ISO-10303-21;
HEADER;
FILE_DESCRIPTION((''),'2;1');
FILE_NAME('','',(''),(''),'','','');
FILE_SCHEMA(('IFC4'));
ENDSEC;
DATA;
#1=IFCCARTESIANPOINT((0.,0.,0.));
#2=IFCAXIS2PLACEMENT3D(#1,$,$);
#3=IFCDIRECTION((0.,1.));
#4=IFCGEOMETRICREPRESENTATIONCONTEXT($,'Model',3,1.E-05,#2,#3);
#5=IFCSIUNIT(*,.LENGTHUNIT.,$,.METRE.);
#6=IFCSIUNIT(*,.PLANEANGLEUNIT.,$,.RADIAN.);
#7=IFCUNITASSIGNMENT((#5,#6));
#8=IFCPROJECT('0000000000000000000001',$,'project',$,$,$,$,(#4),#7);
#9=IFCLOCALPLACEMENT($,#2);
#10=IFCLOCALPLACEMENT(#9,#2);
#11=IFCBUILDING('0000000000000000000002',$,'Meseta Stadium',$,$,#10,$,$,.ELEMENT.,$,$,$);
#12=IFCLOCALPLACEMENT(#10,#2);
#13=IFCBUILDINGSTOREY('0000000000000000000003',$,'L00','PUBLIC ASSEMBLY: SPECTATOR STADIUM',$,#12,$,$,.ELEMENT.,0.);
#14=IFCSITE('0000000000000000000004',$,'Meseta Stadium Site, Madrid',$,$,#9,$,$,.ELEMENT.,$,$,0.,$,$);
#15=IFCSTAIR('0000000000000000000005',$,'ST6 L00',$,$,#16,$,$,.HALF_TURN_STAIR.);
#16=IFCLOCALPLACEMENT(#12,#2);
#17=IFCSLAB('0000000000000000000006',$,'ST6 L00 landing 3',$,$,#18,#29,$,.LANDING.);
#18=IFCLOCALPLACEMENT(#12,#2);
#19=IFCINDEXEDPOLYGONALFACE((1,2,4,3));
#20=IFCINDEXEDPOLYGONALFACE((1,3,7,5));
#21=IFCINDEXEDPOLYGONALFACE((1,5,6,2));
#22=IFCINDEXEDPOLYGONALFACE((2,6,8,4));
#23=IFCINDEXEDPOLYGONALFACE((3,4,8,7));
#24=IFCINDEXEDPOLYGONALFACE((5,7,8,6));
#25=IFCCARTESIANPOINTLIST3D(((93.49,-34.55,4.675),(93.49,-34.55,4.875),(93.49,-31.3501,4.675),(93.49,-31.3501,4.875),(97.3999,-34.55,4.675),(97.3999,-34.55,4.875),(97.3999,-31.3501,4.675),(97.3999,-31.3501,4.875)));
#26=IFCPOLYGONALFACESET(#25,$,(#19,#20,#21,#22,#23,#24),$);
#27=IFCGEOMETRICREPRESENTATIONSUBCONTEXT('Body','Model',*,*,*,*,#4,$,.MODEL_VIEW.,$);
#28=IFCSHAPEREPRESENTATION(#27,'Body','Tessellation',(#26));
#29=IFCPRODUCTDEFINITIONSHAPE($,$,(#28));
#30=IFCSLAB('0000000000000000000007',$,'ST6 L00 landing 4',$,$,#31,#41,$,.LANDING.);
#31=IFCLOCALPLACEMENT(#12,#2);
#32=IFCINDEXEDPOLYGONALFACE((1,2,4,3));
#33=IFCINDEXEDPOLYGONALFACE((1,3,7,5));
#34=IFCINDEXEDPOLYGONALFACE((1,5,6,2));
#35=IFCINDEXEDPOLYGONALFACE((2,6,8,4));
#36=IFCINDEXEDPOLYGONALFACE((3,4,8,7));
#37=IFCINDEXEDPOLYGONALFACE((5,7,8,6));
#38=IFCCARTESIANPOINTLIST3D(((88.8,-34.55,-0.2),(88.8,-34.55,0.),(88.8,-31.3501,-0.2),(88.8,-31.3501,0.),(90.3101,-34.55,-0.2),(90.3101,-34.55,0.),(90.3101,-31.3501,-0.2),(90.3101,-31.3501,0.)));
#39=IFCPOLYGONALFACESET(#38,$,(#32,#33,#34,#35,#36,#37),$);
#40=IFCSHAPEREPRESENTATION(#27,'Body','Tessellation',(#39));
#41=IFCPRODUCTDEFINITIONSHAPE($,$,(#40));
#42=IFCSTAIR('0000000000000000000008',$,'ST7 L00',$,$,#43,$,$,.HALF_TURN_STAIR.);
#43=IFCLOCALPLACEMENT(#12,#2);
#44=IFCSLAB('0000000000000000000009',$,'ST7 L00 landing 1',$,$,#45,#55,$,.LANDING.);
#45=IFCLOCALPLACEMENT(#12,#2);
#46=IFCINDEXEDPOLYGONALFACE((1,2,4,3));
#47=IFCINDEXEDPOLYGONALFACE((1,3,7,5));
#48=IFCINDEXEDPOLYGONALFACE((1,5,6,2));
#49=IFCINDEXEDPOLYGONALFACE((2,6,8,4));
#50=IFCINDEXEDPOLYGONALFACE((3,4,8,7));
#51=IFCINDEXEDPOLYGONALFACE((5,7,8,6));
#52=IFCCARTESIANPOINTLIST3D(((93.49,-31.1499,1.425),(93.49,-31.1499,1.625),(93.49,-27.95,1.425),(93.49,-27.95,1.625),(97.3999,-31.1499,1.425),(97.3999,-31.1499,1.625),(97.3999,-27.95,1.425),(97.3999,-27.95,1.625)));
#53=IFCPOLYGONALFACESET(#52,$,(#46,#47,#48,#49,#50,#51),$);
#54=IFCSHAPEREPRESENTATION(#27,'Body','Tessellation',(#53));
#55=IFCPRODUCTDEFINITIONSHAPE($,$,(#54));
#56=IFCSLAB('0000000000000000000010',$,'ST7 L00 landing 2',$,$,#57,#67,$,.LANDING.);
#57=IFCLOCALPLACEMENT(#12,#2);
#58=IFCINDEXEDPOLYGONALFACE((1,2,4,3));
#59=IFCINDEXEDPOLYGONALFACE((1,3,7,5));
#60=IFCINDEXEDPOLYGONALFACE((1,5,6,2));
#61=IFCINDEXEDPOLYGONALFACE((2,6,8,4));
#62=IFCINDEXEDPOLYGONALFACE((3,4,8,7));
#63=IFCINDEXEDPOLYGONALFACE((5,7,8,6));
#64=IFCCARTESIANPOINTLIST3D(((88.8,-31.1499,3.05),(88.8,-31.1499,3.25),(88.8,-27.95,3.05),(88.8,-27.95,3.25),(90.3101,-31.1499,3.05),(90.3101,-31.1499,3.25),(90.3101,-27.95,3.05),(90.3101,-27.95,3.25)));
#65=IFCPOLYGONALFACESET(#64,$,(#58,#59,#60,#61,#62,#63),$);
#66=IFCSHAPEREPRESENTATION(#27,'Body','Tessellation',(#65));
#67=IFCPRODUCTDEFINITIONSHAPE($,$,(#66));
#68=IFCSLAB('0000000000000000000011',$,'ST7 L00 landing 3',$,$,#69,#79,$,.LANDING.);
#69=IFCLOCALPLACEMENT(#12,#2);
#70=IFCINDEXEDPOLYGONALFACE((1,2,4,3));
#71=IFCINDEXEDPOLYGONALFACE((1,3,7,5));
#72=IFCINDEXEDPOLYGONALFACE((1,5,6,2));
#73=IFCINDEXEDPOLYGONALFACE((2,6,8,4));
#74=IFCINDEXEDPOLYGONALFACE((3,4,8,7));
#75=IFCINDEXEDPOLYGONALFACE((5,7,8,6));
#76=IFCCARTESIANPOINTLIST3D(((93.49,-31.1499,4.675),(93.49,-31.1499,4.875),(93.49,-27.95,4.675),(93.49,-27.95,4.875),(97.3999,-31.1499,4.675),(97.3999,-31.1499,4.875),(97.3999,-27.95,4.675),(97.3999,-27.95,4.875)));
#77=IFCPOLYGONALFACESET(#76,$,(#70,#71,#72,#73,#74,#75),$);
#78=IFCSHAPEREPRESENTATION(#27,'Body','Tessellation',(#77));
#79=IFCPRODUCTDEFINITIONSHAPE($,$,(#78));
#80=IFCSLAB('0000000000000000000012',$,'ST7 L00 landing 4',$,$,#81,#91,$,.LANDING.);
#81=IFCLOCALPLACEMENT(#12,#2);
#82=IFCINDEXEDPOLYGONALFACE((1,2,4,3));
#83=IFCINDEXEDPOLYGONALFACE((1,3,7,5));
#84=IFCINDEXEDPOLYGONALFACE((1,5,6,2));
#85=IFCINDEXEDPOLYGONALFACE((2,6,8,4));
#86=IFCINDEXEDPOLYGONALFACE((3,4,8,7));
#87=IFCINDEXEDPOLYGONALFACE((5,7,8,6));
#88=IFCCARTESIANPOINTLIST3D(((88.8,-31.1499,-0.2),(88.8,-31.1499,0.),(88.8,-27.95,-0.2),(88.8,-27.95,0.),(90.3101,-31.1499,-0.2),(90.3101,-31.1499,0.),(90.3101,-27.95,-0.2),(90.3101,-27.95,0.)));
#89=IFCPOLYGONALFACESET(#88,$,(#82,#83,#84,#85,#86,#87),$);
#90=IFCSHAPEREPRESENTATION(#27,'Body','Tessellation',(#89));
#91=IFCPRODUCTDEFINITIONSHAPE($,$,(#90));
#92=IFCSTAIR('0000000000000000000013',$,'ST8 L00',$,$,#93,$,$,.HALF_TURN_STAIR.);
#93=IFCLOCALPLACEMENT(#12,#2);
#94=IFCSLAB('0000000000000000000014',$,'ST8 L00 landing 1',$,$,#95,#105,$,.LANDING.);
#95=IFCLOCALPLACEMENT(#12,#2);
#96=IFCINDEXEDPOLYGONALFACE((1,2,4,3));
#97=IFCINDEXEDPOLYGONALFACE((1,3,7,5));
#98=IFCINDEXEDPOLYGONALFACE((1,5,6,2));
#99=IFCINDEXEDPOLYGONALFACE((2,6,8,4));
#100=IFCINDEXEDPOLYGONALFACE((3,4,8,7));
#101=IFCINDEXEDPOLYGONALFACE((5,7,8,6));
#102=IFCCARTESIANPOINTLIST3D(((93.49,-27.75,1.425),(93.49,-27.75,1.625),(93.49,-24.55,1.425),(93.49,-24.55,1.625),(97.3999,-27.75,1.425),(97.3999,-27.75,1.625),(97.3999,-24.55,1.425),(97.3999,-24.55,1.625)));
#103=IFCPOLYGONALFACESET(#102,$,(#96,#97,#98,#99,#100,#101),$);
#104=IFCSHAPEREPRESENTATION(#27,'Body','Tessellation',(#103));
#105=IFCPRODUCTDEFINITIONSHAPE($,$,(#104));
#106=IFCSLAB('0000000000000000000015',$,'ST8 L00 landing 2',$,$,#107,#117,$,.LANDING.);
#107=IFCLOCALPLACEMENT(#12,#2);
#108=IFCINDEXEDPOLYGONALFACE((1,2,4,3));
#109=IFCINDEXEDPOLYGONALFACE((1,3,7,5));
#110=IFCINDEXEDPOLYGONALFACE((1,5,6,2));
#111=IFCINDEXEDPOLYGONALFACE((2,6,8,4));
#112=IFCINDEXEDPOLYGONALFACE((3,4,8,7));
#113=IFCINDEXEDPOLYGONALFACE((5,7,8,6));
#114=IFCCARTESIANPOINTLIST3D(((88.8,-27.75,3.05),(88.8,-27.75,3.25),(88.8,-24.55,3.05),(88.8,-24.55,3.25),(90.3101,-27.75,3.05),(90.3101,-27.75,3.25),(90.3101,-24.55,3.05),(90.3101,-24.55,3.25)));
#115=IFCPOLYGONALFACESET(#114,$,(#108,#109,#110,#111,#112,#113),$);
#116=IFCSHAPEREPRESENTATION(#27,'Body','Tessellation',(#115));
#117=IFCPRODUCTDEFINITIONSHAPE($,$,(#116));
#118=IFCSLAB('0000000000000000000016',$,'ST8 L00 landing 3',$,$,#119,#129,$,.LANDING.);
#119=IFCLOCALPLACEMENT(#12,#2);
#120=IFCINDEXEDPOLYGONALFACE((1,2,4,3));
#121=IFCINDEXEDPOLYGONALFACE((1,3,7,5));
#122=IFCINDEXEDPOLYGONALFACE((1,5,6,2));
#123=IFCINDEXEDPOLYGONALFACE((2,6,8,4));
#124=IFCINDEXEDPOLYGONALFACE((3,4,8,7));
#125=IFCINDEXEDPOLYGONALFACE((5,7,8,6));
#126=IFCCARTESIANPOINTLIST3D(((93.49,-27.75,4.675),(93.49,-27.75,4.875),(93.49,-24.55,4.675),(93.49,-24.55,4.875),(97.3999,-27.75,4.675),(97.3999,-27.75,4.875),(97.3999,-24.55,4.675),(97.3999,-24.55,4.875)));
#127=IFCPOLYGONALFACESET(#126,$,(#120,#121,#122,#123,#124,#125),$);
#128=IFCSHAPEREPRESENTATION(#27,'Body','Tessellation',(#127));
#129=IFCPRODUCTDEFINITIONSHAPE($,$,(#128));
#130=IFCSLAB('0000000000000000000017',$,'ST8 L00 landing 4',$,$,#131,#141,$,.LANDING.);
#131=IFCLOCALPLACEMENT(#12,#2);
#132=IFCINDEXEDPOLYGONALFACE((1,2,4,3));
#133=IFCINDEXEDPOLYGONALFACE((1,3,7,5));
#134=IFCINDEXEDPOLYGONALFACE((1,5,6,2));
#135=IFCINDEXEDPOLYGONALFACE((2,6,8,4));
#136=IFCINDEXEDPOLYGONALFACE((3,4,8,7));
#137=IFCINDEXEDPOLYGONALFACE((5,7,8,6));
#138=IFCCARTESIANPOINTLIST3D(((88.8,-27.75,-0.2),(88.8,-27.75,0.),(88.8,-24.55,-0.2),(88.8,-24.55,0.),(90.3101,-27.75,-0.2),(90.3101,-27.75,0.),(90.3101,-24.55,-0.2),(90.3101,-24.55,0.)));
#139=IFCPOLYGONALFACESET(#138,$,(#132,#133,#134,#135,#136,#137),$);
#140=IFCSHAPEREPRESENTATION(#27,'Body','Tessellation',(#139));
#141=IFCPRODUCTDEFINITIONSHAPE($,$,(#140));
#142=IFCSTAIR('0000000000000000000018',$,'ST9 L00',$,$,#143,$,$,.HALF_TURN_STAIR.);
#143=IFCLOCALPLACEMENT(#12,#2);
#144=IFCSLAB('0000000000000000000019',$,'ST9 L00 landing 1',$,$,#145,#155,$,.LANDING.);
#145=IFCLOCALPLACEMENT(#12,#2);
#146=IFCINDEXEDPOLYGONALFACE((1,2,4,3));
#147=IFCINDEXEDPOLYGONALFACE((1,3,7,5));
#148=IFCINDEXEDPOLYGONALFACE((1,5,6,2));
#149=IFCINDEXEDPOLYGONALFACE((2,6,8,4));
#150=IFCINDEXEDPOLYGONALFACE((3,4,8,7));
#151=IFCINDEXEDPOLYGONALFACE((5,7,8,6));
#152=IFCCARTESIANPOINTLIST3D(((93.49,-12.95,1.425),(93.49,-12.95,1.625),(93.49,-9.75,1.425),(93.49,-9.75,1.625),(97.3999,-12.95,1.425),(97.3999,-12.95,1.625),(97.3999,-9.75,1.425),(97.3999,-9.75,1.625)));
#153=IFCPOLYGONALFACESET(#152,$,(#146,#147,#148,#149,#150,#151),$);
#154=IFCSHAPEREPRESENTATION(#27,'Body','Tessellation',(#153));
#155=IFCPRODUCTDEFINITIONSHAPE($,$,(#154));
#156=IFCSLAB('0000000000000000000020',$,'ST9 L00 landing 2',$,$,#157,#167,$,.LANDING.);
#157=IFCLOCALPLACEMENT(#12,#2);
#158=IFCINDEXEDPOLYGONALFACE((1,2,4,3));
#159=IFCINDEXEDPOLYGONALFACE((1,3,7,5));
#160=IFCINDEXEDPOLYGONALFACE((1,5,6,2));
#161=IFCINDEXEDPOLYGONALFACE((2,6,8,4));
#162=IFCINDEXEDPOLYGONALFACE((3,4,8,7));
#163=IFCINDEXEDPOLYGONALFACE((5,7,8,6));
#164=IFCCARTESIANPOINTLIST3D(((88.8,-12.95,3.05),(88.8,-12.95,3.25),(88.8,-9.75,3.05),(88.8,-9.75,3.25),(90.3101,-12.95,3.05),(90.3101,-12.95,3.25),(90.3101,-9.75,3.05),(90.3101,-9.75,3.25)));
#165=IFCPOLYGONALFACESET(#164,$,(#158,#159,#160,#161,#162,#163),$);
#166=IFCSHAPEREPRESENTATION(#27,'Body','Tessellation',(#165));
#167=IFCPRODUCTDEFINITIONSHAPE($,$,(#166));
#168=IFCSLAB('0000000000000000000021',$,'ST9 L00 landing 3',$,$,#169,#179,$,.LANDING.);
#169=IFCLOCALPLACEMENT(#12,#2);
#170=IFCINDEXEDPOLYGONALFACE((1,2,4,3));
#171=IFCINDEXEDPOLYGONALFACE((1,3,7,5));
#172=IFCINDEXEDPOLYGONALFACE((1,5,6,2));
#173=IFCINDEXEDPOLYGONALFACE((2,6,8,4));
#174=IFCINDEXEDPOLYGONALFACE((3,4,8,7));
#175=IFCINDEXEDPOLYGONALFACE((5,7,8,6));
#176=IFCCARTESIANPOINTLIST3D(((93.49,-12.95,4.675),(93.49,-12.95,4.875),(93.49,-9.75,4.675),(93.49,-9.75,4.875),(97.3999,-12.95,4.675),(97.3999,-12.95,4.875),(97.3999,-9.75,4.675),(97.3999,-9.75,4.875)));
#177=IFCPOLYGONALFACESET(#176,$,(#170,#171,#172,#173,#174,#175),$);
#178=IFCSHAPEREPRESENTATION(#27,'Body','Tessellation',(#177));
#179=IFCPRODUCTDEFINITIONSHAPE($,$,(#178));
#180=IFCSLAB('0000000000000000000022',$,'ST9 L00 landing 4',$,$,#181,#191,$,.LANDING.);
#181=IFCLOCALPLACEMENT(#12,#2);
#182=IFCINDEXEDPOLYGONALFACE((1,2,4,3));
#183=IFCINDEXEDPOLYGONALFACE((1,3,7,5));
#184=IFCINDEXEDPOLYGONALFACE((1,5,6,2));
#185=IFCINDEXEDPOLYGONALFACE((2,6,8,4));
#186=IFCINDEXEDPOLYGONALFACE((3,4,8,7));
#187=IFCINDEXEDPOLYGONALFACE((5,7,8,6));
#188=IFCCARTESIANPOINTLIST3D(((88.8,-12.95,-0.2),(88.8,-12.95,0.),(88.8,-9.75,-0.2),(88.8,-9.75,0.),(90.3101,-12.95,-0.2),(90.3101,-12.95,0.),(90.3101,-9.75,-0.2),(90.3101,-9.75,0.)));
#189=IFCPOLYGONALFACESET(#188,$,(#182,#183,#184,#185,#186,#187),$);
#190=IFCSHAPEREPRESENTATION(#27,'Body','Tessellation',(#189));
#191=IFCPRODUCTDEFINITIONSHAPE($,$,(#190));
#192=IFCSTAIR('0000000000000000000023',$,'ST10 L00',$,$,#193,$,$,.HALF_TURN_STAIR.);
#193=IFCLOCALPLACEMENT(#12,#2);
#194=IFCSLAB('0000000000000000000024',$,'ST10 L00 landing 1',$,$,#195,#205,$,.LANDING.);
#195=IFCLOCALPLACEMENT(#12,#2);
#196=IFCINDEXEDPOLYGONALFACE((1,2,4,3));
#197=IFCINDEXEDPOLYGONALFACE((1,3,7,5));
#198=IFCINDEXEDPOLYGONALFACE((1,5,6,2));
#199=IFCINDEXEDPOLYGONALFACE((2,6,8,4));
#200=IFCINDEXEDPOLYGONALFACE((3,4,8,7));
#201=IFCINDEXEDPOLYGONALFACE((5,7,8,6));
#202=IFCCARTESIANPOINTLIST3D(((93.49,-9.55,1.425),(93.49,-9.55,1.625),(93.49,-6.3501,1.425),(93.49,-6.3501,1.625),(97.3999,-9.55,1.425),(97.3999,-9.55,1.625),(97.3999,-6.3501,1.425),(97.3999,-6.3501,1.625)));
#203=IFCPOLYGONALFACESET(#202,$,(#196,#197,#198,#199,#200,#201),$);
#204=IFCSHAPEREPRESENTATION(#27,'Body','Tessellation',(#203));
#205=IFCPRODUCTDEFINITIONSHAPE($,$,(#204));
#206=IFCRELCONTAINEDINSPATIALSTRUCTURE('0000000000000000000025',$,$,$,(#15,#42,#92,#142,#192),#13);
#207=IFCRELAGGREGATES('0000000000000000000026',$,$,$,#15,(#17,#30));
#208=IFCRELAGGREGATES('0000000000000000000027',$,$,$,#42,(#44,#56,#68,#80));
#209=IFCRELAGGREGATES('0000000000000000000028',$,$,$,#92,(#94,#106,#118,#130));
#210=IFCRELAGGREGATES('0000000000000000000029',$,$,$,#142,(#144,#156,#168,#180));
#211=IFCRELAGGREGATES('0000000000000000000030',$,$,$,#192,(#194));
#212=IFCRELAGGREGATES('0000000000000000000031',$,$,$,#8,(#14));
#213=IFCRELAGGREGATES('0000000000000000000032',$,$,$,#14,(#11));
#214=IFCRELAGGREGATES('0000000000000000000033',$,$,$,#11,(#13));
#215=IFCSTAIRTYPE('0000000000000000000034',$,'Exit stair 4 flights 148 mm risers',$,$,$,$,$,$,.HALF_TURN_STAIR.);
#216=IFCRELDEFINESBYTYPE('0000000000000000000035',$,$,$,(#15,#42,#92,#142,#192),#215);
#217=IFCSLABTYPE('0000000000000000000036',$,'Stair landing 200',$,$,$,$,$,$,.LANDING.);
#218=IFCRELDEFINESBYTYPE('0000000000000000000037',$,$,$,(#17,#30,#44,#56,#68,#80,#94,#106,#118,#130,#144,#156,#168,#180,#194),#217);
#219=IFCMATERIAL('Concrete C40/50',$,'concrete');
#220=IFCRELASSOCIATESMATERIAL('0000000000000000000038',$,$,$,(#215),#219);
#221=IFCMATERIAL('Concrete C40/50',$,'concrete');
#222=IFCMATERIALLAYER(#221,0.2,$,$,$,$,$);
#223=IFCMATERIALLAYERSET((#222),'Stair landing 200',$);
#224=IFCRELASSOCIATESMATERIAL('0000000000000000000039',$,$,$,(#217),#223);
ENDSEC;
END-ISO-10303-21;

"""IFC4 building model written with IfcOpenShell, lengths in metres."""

from ifc_helpers import new_model, si_unit, direction, frame, origin, place, context, subcontext, project, spatial, polyline, outline, extrude, material, layer, layer_set, type_object, element, aggregate, save


model = new_model("IFC4")

# Units and contexts
model_context = context("Model", 3, precision=1e-05, world=origin(), true_north=direction((0.0, 1.0)))
body_context = subcontext(model_context, "Body", "Model", "MODEL_VIEW")
ifc_project = project(units=[si_unit("LENGTHUNIT", "METRE"), si_unit("PLANEANGLEUNIT", "RADIAN")], contexts=[model_context])

# Site, building, storey
site_placement = place(None, origin())
site = spatial("IfcSite", under=ifc_project, at=site_placement, Name="Meseta Stadium Site, Madrid", CompositionType="ELEMENT", RefElevation=0.0)
building_placement = place(site_placement, origin())
building = spatial("IfcBuilding", under=site, at=building_placement, Name="Meseta Stadium", CompositionType="ELEMENT")
storey_placement = place(building_placement, origin())
storey = spatial("IfcBuildingStorey", under=building, at=storey_placement, Name="L00", Description="PUBLIC ASSEMBLY: SPECTATOR STADIUM", CompositionType="ELEMENT", Elevation=0.0)

# Shared definitions
ifc_material_1 = material(Name="Concrete C40/50", Category="concrete")
stair_type = type_object("IfcStairType", Name="Exit stair 4 flights 148 mm risers", PredefinedType="HALF_TURN_STAIR", material=ifc_material_1)
ifc_material_2 = material(Name="Concrete C40/50", Category="concrete")
ifc_layer = layer(ifc_material_2, 0.2)
ifc_layer_set = layer_set([ifc_layer], Name="Stair landing 200")
slab_type = type_object("IfcSlabType", Name="Stair landing 200", PredefinedType="LANDING", material=ifc_layer_set)

# Stairs, slabs
stair_1_placement = place(storey_placement, origin())
stair_1 = element("IfcStair", 1, at=stair_1_placement, inside=storey, type_object=stair_type, Name="ST6 L00", PredefinedType="HALF_TURN_STAIR")
slab_1_placement = place(storey_placement, frame((0.0, 0.0, 4.675)))
slab_1 = element("IfcSlab", 2, at=slab_1_placement, type_object=slab_type, Name="ST6 L00 landing 3", PredefinedType="LANDING", context=body_context, shape_type="SweptSolid", body=[
    extrude(outline(polyline([(93.49, -34.55), (97.3999, -34.55), (97.3999, -31.3501), (93.49, -31.3501), (93.49, -34.55)])), origin(), (0.0, 0.0, 1.0), 0.2),
])
slab_2_placement = place(storey_placement, frame((0.0, 0.0, -0.2)))
slab_2 = element("IfcSlab", 3, at=slab_2_placement, type_object=slab_type, Name="ST6 L00 landing 4", PredefinedType="LANDING", context=body_context, shape_type="SweptSolid", body=[
    extrude(outline(polyline([(88.8, -34.55), (90.3101, -34.55), (90.3101, -31.3501), (88.8, -31.3501), (88.8, -34.55)])), origin(), (0.0, 0.0, 1.0), 0.2),
])
aggregate(stair_1, [slab_1, slab_2])
stair_2_placement = place(storey_placement, origin())
stair_2 = element("IfcStair", 4, at=stair_2_placement, inside=storey, type_object=stair_type, Name="ST7 L00", PredefinedType="HALF_TURN_STAIR")
slab_3_placement = place(storey_placement, frame((0.0, 0.0, 1.425)))
slab_3 = element("IfcSlab", 5, at=slab_3_placement, type_object=slab_type, Name="ST7 L00 landing 1", PredefinedType="LANDING", context=body_context, shape_type="SweptSolid", body=[
    extrude(outline(polyline([(93.49, -31.1499), (97.3999, -31.1499), (97.3999, -27.95), (93.49, -27.95), (93.49, -31.1499)])), origin(), (0.0, 0.0, 1.0), 0.2),
])
slab_4_placement = place(storey_placement, frame((0.0, 0.0, 3.05)))
slab_4 = element("IfcSlab", 6, at=slab_4_placement, type_object=slab_type, Name="ST7 L00 landing 2", PredefinedType="LANDING", context=body_context, shape_type="SweptSolid", body=[
    extrude(outline(polyline([(88.8, -31.1499), (90.3101, -31.1499), (90.3101, -27.95), (88.8, -27.95), (88.8, -31.1499)])), origin(), (0.0, 0.0, 1.0), 0.2),
])
slab_5_placement = place(storey_placement, frame((0.0, 0.0, 4.675)))
slab_5 = element("IfcSlab", 7, at=slab_5_placement, type_object=slab_type, Name="ST7 L00 landing 3", PredefinedType="LANDING", context=body_context, shape_type="SweptSolid", body=[
    extrude(outline(polyline([(93.49, -31.1499), (97.3999, -31.1499), (97.3999, -27.95), (93.49, -27.95), (93.49, -31.1499)])), origin(), (0.0, 0.0, 1.0), 0.2),
])
slab_6_placement = place(storey_placement, frame((0.0, 0.0, -0.2)))
slab_6 = element("IfcSlab", 8, at=slab_6_placement, type_object=slab_type, Name="ST7 L00 landing 4", PredefinedType="LANDING", context=body_context, shape_type="SweptSolid", body=[
    extrude(outline(polyline([(88.8, -31.1499), (90.3101, -31.1499), (90.3101, -27.95), (88.8, -27.95), (88.8, -31.1499)])), origin(), (0.0, 0.0, 1.0), 0.2),
])
aggregate(stair_2, [slab_3, slab_4, slab_5, slab_6])
stair_3_placement = place(storey_placement, origin())
stair_3 = element("IfcStair", 9, at=stair_3_placement, inside=storey, type_object=stair_type, Name="ST8 L00", PredefinedType="HALF_TURN_STAIR")
slab_7_placement = place(storey_placement, frame((0.0, 0.0, 1.425)))
slab_7 = element("IfcSlab", 10, at=slab_7_placement, type_object=slab_type, Name="ST8 L00 landing 1", PredefinedType="LANDING", context=body_context, shape_type="SweptSolid", body=[
    extrude(outline(polyline([(93.49, -27.75), (97.3999, -27.75), (97.3999, -24.55), (93.49, -24.55), (93.49, -27.75)])), origin(), (0.0, 0.0, 1.0), 0.2),
])
slab_8_placement = place(storey_placement, frame((0.0, 0.0, 3.05)))
slab_8 = element("IfcSlab", 11, at=slab_8_placement, type_object=slab_type, Name="ST8 L00 landing 2", PredefinedType="LANDING", context=body_context, shape_type="SweptSolid", body=[
    extrude(outline(polyline([(88.8, -27.75), (90.3101, -27.75), (90.3101, -24.55), (88.8, -24.55), (88.8, -27.75)])), origin(), (0.0, 0.0, 1.0), 0.2),
])
slab_9_placement = place(storey_placement, frame((0.0, 0.0, 4.675)))
slab_9 = element("IfcSlab", 12, at=slab_9_placement, type_object=slab_type, Name="ST8 L00 landing 3", PredefinedType="LANDING", context=body_context, shape_type="SweptSolid", body=[
    extrude(outline(polyline([(93.49, -27.75), (97.3999, -27.75), (97.3999, -24.55), (93.49, -24.55), (93.49, -27.75)])), origin(), (0.0, 0.0, 1.0), 0.2),
])
slab_10_placement = place(storey_placement, frame((0.0, 0.0, -0.2)))
slab_10 = element("IfcSlab", 13, at=slab_10_placement, type_object=slab_type, Name="ST8 L00 landing 4", PredefinedType="LANDING", context=body_context, shape_type="SweptSolid", body=[
    extrude(outline(polyline([(88.8, -27.75), (90.3101, -27.75), (90.3101, -24.55), (88.8, -24.55), (88.8, -27.75)])), origin(), (0.0, 0.0, 1.0), 0.2),
])
aggregate(stair_3, [slab_7, slab_8, slab_9, slab_10])
stair_4_placement = place(storey_placement, origin())
stair_4 = element("IfcStair", 14, at=stair_4_placement, inside=storey, type_object=stair_type, Name="ST9 L00", PredefinedType="HALF_TURN_STAIR")
slab_11_placement = place(storey_placement, frame((0.0, 0.0, 1.425)))
slab_11 = element("IfcSlab", 15, at=slab_11_placement, type_object=slab_type, Name="ST9 L00 landing 1", PredefinedType="LANDING", context=body_context, shape_type="SweptSolid", body=[
    extrude(outline(polyline([(93.49, -12.95), (97.3999, -12.95), (97.3999, -9.75), (93.49, -9.75), (93.49, -12.95)])), origin(), (0.0, 0.0, 1.0), 0.2),
])
slab_12_placement = place(storey_placement, frame((0.0, 0.0, 3.05)))
slab_12 = element("IfcSlab", 16, at=slab_12_placement, type_object=slab_type, Name="ST9 L00 landing 2", PredefinedType="LANDING", context=body_context, shape_type="SweptSolid", body=[
    extrude(outline(polyline([(88.8, -12.95), (90.3101, -12.95), (90.3101, -9.75), (88.8, -9.75), (88.8, -12.95)])), origin(), (0.0, 0.0, 1.0), 0.2),
])
slab_13_placement = place(storey_placement, frame((0.0, 0.0, 4.675)))
slab_13 = element("IfcSlab", 17, at=slab_13_placement, type_object=slab_type, Name="ST9 L00 landing 3", PredefinedType="LANDING", context=body_context, shape_type="SweptSolid", body=[
    extrude(outline(polyline([(93.49, -12.95), (97.3999, -12.95), (97.3999, -9.75), (93.49, -9.75), (93.49, -12.95)])), origin(), (0.0, 0.0, 1.0), 0.2),
])
slab_14_placement = place(storey_placement, frame((0.0, 0.0, -0.2)))
slab_14 = element("IfcSlab", 18, at=slab_14_placement, type_object=slab_type, Name="ST9 L00 landing 4", PredefinedType="LANDING", context=body_context, shape_type="SweptSolid", body=[
    extrude(outline(polyline([(88.8, -12.95), (90.3101, -12.95), (90.3101, -9.75), (88.8, -9.75), (88.8, -12.95)])), origin(), (0.0, 0.0, 1.0), 0.2),
])
aggregate(stair_4, [slab_11, slab_12, slab_13, slab_14])
stair_5_placement = place(storey_placement, origin())
stair_5 = element("IfcStair", 19, at=stair_5_placement, inside=storey, type_object=stair_type, Name="ST10 L00", PredefinedType="HALF_TURN_STAIR")
slab_15_placement = place(storey_placement, frame((0.0, 0.0, 1.425)))
slab_15 = element("IfcSlab", 20, at=slab_15_placement, type_object=slab_type, Name="ST10 L00 landing 1", PredefinedType="LANDING", context=body_context, shape_type="SweptSolid", body=[
    extrude(outline(polyline([(93.49, -9.55), (97.3999, -9.55), (97.3999, -6.3501), (93.49, -6.3501), (93.49, -9.55)])), origin(), (0.0, 0.0, 1.0), 0.2),
])
aggregate(stair_5, [slab_15])

save(model, "model.ifc")
